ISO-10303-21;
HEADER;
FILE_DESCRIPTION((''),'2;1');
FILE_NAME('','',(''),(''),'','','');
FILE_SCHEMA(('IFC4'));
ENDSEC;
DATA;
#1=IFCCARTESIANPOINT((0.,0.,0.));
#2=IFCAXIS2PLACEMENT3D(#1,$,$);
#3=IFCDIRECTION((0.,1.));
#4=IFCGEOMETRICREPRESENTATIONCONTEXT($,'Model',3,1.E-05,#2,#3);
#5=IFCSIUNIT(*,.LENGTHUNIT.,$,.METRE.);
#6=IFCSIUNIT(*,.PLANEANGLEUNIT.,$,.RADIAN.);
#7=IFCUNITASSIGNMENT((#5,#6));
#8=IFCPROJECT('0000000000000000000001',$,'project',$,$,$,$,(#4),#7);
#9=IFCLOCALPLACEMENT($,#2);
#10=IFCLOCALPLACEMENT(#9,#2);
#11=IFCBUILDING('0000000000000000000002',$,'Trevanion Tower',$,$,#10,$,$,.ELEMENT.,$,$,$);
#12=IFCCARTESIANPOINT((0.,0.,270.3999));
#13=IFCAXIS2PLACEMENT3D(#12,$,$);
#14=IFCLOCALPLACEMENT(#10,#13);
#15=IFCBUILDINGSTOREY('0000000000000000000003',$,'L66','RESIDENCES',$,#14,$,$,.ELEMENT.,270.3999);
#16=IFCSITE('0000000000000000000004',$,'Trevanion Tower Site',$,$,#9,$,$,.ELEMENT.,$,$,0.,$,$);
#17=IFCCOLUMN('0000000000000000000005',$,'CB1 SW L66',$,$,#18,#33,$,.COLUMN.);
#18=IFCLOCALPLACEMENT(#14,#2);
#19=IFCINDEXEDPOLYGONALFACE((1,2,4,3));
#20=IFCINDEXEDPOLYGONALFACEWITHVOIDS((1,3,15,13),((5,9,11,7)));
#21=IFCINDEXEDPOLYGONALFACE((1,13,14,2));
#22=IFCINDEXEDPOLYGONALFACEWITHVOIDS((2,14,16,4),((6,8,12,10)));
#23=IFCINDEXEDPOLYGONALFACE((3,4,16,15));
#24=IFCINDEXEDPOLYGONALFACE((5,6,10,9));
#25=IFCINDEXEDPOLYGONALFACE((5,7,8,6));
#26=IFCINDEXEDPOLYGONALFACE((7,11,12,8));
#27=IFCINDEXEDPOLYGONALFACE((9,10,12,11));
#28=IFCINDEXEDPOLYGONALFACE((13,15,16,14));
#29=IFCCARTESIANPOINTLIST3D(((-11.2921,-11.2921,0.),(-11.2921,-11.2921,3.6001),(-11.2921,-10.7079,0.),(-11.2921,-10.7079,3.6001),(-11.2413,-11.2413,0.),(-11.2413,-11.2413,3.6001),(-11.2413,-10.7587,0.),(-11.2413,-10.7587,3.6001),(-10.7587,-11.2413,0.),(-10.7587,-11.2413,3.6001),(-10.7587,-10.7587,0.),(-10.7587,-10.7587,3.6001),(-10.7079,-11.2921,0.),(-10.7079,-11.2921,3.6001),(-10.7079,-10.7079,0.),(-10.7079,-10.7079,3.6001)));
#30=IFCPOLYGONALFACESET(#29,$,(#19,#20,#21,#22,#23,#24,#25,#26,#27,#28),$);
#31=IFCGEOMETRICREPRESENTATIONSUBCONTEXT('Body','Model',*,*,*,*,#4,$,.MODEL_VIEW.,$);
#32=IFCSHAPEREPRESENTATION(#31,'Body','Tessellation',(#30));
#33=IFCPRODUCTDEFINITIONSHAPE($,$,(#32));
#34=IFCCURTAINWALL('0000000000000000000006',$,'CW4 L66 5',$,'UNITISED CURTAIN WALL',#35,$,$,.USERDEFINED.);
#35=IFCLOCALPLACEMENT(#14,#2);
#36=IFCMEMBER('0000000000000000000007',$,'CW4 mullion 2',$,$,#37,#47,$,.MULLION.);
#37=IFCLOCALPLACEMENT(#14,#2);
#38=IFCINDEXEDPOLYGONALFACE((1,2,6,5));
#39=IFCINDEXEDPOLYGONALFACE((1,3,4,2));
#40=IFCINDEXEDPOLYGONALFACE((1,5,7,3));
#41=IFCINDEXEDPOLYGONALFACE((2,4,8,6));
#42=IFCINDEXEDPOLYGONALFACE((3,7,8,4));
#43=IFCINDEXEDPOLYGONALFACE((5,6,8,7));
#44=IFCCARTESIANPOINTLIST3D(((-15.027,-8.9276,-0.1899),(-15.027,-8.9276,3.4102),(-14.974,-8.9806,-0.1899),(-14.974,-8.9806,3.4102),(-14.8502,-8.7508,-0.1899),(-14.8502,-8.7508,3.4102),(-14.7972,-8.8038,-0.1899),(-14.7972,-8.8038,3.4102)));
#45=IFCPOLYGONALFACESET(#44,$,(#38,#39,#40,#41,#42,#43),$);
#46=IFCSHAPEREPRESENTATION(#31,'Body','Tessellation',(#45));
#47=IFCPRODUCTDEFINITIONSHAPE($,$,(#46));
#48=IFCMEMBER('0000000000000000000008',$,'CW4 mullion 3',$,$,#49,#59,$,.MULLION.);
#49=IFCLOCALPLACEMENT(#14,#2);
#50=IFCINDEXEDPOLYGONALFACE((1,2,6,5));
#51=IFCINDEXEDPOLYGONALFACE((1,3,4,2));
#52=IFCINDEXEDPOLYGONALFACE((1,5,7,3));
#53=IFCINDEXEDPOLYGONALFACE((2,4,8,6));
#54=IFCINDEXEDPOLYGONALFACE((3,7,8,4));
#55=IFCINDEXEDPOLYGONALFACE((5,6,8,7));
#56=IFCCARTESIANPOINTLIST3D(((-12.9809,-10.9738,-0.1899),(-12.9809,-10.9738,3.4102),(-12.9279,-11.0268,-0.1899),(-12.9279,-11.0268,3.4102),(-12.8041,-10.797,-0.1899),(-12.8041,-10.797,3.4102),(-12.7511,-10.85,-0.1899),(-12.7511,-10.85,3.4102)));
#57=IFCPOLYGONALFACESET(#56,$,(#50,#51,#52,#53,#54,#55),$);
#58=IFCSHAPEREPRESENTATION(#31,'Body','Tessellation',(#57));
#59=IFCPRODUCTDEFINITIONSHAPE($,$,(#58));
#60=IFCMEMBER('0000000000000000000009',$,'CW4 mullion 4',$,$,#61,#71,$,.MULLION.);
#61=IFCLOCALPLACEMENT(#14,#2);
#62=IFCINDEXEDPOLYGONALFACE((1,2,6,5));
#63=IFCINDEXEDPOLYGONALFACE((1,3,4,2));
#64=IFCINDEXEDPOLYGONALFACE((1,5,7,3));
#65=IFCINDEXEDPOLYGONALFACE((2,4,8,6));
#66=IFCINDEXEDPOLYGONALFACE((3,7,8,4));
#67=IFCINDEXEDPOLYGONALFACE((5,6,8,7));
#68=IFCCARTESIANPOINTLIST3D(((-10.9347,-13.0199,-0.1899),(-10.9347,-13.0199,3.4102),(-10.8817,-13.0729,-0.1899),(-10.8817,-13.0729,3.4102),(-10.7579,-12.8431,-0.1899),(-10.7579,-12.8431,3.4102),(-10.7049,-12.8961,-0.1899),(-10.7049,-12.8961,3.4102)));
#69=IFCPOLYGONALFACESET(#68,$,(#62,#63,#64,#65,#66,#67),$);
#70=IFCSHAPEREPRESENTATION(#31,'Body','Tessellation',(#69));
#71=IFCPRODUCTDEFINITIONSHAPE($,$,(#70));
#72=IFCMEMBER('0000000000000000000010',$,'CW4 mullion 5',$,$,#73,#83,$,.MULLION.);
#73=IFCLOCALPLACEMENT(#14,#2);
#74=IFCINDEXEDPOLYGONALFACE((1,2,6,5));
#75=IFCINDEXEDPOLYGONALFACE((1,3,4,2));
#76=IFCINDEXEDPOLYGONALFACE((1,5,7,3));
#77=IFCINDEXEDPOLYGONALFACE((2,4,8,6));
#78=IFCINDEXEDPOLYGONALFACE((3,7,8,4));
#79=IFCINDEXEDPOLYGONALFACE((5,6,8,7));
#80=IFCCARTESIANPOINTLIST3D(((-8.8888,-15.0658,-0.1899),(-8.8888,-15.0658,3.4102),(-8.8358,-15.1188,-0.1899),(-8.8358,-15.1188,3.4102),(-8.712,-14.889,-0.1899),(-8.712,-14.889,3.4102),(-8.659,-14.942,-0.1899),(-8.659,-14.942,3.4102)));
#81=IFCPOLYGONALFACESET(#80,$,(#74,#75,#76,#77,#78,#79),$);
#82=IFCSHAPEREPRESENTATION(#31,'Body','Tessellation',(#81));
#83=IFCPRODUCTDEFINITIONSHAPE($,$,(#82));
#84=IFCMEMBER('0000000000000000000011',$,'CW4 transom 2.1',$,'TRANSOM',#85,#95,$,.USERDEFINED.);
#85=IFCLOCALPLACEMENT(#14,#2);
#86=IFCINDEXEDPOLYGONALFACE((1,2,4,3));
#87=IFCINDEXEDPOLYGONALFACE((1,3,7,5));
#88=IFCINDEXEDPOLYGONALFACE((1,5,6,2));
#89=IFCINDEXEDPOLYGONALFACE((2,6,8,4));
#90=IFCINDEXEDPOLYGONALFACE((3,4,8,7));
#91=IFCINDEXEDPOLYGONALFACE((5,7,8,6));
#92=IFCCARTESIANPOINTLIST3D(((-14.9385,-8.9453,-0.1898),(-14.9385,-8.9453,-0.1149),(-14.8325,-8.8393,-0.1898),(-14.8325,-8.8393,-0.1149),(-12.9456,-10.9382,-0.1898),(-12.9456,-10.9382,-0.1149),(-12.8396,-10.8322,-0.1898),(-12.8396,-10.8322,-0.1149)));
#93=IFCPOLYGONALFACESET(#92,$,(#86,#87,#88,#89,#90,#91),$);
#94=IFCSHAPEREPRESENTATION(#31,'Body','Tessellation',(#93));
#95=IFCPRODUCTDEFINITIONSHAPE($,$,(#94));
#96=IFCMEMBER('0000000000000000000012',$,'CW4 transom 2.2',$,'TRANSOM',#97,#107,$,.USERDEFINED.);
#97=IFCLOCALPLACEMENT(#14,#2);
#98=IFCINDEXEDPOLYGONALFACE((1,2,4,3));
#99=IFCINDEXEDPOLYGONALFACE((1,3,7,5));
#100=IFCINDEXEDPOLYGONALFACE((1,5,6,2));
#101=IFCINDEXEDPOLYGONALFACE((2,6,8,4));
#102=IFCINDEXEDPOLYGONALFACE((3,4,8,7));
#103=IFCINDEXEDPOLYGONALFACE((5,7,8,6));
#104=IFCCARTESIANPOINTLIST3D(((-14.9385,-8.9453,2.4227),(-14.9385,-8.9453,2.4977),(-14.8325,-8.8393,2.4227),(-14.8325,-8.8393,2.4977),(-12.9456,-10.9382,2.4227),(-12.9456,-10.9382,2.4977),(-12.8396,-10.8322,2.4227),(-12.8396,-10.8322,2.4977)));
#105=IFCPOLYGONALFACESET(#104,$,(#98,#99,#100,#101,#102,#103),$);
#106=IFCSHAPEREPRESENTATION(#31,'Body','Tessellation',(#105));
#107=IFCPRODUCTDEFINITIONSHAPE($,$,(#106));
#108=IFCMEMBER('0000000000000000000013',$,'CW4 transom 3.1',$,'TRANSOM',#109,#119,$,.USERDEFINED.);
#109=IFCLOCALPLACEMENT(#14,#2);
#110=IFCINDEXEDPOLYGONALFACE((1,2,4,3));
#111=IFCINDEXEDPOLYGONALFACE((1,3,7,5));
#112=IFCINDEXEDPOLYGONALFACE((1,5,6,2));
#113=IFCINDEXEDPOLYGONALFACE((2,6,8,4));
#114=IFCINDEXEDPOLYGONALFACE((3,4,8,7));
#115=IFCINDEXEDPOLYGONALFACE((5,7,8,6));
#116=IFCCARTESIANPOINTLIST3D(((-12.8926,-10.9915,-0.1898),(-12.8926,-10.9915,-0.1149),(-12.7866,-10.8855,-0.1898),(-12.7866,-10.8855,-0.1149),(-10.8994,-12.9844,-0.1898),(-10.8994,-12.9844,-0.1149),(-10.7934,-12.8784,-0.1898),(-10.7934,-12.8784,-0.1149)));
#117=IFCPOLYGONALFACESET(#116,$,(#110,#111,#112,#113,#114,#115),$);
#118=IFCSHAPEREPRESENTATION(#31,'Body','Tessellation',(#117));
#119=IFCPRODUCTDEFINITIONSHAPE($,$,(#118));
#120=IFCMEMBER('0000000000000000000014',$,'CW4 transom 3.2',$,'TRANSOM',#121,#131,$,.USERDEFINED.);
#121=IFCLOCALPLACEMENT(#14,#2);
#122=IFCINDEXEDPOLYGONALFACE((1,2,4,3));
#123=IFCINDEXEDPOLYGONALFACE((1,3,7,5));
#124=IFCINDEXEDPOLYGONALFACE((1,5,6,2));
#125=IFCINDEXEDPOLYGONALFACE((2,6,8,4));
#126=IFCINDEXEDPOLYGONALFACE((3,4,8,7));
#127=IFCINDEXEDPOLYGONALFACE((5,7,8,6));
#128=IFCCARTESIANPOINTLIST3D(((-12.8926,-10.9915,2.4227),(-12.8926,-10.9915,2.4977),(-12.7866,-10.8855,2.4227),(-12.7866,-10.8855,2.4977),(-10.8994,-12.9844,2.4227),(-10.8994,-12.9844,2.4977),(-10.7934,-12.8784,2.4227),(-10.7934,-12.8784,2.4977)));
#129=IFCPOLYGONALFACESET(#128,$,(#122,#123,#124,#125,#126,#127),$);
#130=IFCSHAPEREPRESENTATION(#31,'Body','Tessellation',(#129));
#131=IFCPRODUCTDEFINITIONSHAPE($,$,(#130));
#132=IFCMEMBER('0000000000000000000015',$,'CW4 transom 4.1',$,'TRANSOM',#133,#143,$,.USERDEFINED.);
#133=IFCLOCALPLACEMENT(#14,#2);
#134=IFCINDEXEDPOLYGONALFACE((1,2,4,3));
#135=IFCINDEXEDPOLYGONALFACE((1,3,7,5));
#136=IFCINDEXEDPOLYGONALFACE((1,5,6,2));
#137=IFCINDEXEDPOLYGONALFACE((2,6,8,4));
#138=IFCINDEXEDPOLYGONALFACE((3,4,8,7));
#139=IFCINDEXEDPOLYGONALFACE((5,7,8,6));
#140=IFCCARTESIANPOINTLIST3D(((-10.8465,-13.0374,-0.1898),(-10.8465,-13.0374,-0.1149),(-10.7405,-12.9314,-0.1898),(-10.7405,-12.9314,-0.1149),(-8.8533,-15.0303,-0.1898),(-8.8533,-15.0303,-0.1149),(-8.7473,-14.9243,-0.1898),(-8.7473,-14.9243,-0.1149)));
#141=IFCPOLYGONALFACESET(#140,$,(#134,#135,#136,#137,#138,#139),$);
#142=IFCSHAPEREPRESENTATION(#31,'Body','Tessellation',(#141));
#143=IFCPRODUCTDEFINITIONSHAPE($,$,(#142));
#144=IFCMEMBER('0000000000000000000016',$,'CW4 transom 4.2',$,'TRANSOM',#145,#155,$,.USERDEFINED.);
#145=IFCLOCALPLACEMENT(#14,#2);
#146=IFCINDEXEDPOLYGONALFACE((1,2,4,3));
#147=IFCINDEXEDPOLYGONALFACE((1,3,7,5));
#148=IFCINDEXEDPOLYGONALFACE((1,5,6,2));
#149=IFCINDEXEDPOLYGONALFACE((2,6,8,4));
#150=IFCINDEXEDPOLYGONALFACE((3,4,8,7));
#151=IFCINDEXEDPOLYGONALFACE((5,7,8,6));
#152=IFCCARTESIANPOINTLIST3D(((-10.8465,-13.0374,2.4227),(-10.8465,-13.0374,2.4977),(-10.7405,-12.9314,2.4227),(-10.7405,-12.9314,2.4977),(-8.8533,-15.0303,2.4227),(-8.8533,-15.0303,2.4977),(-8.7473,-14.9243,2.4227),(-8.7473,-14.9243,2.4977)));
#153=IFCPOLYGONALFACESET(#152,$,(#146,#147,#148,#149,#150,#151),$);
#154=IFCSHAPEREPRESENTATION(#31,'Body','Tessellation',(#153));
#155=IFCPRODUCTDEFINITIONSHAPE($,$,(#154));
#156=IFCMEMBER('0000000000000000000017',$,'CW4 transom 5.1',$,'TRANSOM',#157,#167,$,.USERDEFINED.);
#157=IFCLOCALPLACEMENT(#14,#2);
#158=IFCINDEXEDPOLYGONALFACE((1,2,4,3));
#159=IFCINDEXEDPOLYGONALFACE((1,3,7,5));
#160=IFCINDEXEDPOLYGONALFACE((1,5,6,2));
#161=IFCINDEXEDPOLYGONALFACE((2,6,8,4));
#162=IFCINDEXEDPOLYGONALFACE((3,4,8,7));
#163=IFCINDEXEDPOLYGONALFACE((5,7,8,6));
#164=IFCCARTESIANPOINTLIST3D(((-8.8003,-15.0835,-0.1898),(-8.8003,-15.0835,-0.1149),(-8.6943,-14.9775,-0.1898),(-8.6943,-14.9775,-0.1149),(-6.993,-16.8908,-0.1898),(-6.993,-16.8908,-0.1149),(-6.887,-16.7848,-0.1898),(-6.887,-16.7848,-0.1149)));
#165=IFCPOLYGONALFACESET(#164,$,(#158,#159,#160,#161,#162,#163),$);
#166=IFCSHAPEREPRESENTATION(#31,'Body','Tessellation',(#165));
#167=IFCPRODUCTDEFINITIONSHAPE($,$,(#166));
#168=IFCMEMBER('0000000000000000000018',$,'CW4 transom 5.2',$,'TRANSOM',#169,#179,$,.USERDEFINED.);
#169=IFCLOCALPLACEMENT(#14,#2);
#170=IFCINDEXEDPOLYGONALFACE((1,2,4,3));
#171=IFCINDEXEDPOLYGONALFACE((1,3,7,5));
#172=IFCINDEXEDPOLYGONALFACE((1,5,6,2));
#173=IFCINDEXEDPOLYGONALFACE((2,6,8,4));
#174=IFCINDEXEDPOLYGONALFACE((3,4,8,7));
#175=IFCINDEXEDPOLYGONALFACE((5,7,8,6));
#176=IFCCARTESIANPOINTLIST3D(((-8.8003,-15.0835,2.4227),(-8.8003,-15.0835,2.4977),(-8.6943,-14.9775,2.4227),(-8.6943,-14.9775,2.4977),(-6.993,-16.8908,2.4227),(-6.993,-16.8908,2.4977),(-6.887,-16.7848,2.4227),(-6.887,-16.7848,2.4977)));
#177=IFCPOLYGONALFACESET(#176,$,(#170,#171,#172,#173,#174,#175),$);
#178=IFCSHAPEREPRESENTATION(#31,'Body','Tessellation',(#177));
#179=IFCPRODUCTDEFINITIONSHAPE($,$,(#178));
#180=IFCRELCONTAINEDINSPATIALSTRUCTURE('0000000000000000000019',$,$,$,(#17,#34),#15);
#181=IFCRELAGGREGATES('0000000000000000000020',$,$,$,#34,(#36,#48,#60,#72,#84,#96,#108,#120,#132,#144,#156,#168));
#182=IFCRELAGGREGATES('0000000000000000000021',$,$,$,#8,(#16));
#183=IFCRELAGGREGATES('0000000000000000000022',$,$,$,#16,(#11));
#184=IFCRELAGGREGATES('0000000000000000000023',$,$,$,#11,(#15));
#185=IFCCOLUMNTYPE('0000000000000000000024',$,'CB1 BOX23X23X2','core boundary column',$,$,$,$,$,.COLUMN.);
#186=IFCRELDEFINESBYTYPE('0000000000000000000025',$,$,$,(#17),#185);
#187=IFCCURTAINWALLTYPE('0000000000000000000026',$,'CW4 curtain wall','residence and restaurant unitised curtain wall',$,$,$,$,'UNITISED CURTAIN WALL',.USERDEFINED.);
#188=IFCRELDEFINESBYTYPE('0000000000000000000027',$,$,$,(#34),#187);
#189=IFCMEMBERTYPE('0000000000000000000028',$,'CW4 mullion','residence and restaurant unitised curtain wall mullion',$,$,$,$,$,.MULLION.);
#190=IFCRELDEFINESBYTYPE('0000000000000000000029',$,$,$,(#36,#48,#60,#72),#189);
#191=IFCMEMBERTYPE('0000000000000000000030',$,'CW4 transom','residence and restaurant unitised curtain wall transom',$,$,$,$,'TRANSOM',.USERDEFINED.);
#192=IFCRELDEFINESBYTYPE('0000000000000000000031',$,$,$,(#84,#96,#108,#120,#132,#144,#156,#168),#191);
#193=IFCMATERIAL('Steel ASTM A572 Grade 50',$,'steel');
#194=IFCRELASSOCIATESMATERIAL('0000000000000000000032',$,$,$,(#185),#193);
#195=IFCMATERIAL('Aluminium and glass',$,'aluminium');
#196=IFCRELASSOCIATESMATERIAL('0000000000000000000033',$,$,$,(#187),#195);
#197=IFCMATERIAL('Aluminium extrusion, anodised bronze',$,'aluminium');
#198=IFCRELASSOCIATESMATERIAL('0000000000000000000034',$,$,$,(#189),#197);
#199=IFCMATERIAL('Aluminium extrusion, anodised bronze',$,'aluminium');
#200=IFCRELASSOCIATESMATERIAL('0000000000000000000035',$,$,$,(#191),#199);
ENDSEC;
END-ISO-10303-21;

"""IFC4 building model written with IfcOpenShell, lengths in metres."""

from ifc_helpers import new_model, si_unit, direction, frame, origin, origin_2d, place, context, subcontext, project, spatial, rectangle, hollow_rectangle, extrude, material, material_profile, profile_set, type_object, element, aggregate, save


model = new_model("IFC4")

# Units and contexts
model_context = context("Model", 3, precision=1e-05, world=origin(), true_north=direction((0.0, 1.0)))
body_context = subcontext(model_context, "Body", "Model", "MODEL_VIEW")
ifc_project = project(units=[si_unit("LENGTHUNIT", "METRE"), si_unit("PLANEANGLEUNIT", "RADIAN")], contexts=[model_context])

# Site, building, storey
site_placement = place(None, origin())
site = spatial("IfcSite", under=ifc_project, at=site_placement, Name="Trevanion Tower Site", CompositionType="ELEMENT", RefElevation=0.0)
building_placement = place(site_placement, origin())
building = spatial("IfcBuilding", under=site, at=building_placement, Name="Trevanion Tower", CompositionType="ELEMENT")
storey_placement = place(building_placement, frame((0.0, 0.0, 270.3999)))
storey = spatial("IfcBuildingStorey", under=building, at=storey_placement, Name="L66", Description="RESIDENCES", CompositionType="ELEMENT", Elevation=270.3999)

# Column
ifc_material_1 = material(Name="Steel ASTM A572 Grade 50", Category="steel")
ifc_material_profile_1 = material_profile(ifc_material_1, hollow_rectangle(XDim=0.5842, YDim=0.5842, WallThickness=0.0508, at=origin_2d()), Name="BOX23X23X2")
ifc_profile_set_1 = profile_set([ifc_material_profile_1], Name="Steel ASTM A572 Grade 50")
column_type = type_object("IfcColumnType", Name="CB1 BOX23X23X2", Description="core boundary column", PredefinedType="COLUMN", material=ifc_profile_set_1)
column_placement = place(storey_placement, frame((-11.0, -11.0, 0.0), z_axis=(0.0, 0.0, 1.0), x_axis=(1.0, 0.0, 0.0)))
element("IfcColumn", 1, at=column_placement, inside=storey, type_object=column_type, Name="CB1 SW L66", PredefinedType="COLUMN", context=body_context, shape_type="SweptSolid", body=[
    extrude(hollow_rectangle(XDim=0.5842, YDim=0.5842, WallThickness=0.0508, at=origin_2d()), origin(), (0.0, 0.0, 1.0), 3.6001),
])

# Curtain wall, members
ifc_material_2 = material(Name="Aluminium and glass", Category="aluminium")
curtain_wall_type = type_object("IfcCurtainWallType", Name="CW4 curtain wall", Description="residence and restaurant unitised curtain wall", ElementType="UNITISED CURTAIN WALL", PredefinedType="USERDEFINED", material=ifc_material_2)
curtain_wall_placement = place(storey_placement, origin())
curtain_wall = element("IfcCurtainWall", 2, at=curtain_wall_placement, inside=storey, type_object=curtain_wall_type, Name="CW4 L66 5", ObjectType="UNITISED CURTAIN WALL", PredefinedType="USERDEFINED")
ifc_material_3 = material(Name="Aluminium extrusion, anodised bronze", Category="aluminium")
ifc_material_profile_2 = material_profile(ifc_material_3, rectangle(XDim=0.075, YDim=0.25, at=origin_2d()), Name="CW4 mullion")
ifc_profile_set_2 = profile_set([ifc_material_profile_2], Name="Aluminium extrusion, anodised bronze")
member_type_1 = type_object("IfcMemberType", Name="CW4 mullion", Description="residence and restaurant unitised curtain wall mullion", PredefinedType="MULLION", material=ifc_profile_set_2)
member_1_placement = place(storey_placement, frame((-14.9121, -8.8657, -0.1899), z_axis=(0.0, 0.0, 1.0), x_axis=(0.707107, -0.707107, 0.0)))
member_1 = element("IfcMember", 3, at=member_1_placement, type_object=member_type_1, Name="CW4 mullion 2", PredefinedType="MULLION", context=body_context, shape_type="SweptSolid", body=[
    extrude(rectangle(XDim=0.075, YDim=0.25, at=origin_2d()), origin(), (0.0, 0.0, 1.0), 3.6001),
])
member_2_placement = place(storey_placement, frame((-12.866, -10.9119, -0.1899), z_axis=(0.0, 0.0, 1.0), x_axis=(0.707107, -0.707107, 0.0)))
member_2 = element("IfcMember", 4, at=member_2_placement, type_object=member_type_1, Name="CW4 mullion 3", PredefinedType="MULLION", context=body_context, shape_type="SweptSolid", body=[
    extrude(rectangle(XDim=0.075, YDim=0.25, at=origin_2d()), origin(), (0.0, 0.0, 1.0), 3.6001),
])
member_3_placement = place(storey_placement, frame((-10.8198, -12.958, -0.1899), z_axis=(0.0, 0.0, 1.0), x_axis=(0.707107, -0.707107, 0.0)))
member_3 = element("IfcMember", 5, at=member_3_placement, type_object=member_type_1, Name="CW4 mullion 4", PredefinedType="MULLION", context=body_context, shape_type="SweptSolid", body=[
    extrude(rectangle(XDim=0.075, YDim=0.25, at=origin_2d()), origin(), (0.0, 0.0, 1.0), 3.6001),
])
member_4_placement = place(storey_placement, frame((-8.7739, -15.0039, -0.1899), z_axis=(0.0, 0.0, 1.0), x_axis=(0.707107, -0.707107, 0.0)))
member_4 = element("IfcMember", 6, at=member_4_placement, type_object=member_type_1, Name="CW4 mullion 5", PredefinedType="MULLION", context=body_context, shape_type="SweptSolid", body=[
    extrude(rectangle(XDim=0.075, YDim=0.25, at=origin_2d()), origin(), (0.0, 0.0, 1.0), 3.6001),
])
ifc_material_4 = material(Name="Aluminium extrusion, anodised bronze", Category="aluminium")
ifc_material_profile_3 = material_profile(ifc_material_4, rectangle(XDim=0.1499, YDim=0.075, at=origin_2d()), Name="CW4 transom")
ifc_profile_set_3 = profile_set([ifc_material_profile_3], Name="Aluminium extrusion, anodised bronze")
member_type_2 = type_object("IfcMemberType", Name="CW4 transom", Description="residence and restaurant unitised curtain wall transom", ElementType="TRANSOM", PredefinedType="USERDEFINED", material=ifc_profile_set_3)
member_5_placement = place(storey_placement, frame((-14.8855, -8.8923, -0.1523), z_axis=(0.707107, -0.707107, 0.0), x_axis=(0.707107, 0.707107, 0.0)))
member_5 = element("IfcMember", 7, at=member_5_placement, type_object=member_type_2, Name="CW4 transom 2.1", ObjectType="TRANSOM", PredefinedType="USERDEFINED", context=body_context, shape_type="SweptSolid", body=[
    extrude(rectangle(XDim=0.1499, YDim=0.075, at=origin_2d()), origin(), (0.0, 0.0, 1.0), 2.8184),
])
member_6_placement = place(storey_placement, frame((-14.8855, -8.8923, 2.4602), z_axis=(0.707107, -0.707107, 0.0), x_axis=(0.707107, 0.707107, 0.0)))
member_6 = element("IfcMember", 8, at=member_6_placement, type_object=member_type_2, Name="CW4 transom 2.2", ObjectType="TRANSOM", PredefinedType="USERDEFINED", context=body_context, shape_type="SweptSolid", body=[
    extrude(rectangle(XDim=0.1499, YDim=0.075, at=origin_2d()), origin(), (0.0, 0.0, 1.0), 2.8184),
])
member_7_placement = place(storey_placement, frame((-12.8396, -10.9385, -0.1523), z_axis=(0.70715, -0.707063, 0.0), x_axis=(0.707063, 0.70715, 0.0)))
member_7 = element("IfcMember", 9, at=member_7_placement, type_object=member_type_2, Name="CW4 transom 3.1", ObjectType="TRANSOM", PredefinedType="USERDEFINED", context=body_context, shape_type="SweptSolid", body=[
    extrude(rectangle(XDim=0.1499, YDim=0.075, at=origin_2d()), origin(), (0.0, 0.0, 1.0), 2.8186),
])
member_8_placement = place(storey_placement, frame((-12.8396, -10.9385, 2.4602), z_axis=(0.70715, -0.707063, 0.0), x_axis=(0.707063, 0.70715, 0.0)))
member_8 = element("IfcMember", 10, at=member_8_placement, type_object=member_type_2, Name="CW4 transom 3.2", ObjectType="TRANSOM", PredefinedType="USERDEFINED", context=body_context, shape_type="SweptSolid", body=[
    extrude(rectangle(XDim=0.1499, YDim=0.075, at=origin_2d()), origin(), (0.0, 0.0, 1.0), 2.8186),
])
member_9_placement = place(storey_placement, frame((-10.7935, -12.9844, -0.1523), z_axis=(0.70715, -0.707063, 0.0), x_axis=(0.707063, 0.70715, 0.0)))
member_9 = element("IfcMember", 11, at=member_9_placement, type_object=member_type_2, Name="CW4 transom 4.1", ObjectType="TRANSOM", PredefinedType="USERDEFINED", context=body_context, shape_type="SweptSolid", body=[
    extrude(rectangle(XDim=0.1499, YDim=0.075, at=origin_2d()), origin(), (0.0, 0.0, 1.0), 2.8186),
])
member_10_placement = place(storey_placement, frame((-10.7935, -12.9844, 2.4602), z_axis=(0.70715, -0.707063, 0.0), x_axis=(0.707063, 0.70715, 0.0)))
member_10 = element("IfcMember", 12, at=member_10_placement, type_object=member_type_2, Name="CW4 transom 4.2", ObjectType="TRANSOM", PredefinedType="USERDEFINED", context=body_context, shape_type="SweptSolid", body=[
    extrude(rectangle(XDim=0.1499, YDim=0.075, at=origin_2d()), origin(), (0.0, 0.0, 1.0), 2.8186),
])
member_11_placement = place(storey_placement, frame((-8.7473, -15.0305, -0.1523), z_axis=(0.707107, -0.707107, 0.0), x_axis=(0.707107, 0.707107, 0.0)))
member_11 = element("IfcMember", 13, at=member_11_placement, type_object=member_type_2, Name="CW4 transom 5.1", ObjectType="TRANSOM", PredefinedType="USERDEFINED", context=body_context, shape_type="SweptSolid", body=[
    extrude(rectangle(XDim=0.1499, YDim=0.075, at=origin_2d()), origin(), (0.0, 0.0, 1.0), 2.5559),
])
member_12_placement = place(storey_placement, frame((-8.7473, -15.0305, 2.4602), z_axis=(0.707107, -0.707107, 0.0), x_axis=(0.707107, 0.707107, 0.0)))
member_12 = element("IfcMember", 14, at=member_12_placement, type_object=member_type_2, Name="CW4 transom 5.2", ObjectType="TRANSOM", PredefinedType="USERDEFINED", context=body_context, shape_type="SweptSolid", body=[
    extrude(rectangle(XDim=0.1499, YDim=0.075, at=origin_2d()), origin(), (0.0, 0.0, 1.0), 2.5559),
])
aggregate(curtain_wall, [member_1, member_2, member_3, member_4, member_5, member_6, member_7, member_8, member_9, member_10, member_11, member_12])

save(model, "model.ifc")
